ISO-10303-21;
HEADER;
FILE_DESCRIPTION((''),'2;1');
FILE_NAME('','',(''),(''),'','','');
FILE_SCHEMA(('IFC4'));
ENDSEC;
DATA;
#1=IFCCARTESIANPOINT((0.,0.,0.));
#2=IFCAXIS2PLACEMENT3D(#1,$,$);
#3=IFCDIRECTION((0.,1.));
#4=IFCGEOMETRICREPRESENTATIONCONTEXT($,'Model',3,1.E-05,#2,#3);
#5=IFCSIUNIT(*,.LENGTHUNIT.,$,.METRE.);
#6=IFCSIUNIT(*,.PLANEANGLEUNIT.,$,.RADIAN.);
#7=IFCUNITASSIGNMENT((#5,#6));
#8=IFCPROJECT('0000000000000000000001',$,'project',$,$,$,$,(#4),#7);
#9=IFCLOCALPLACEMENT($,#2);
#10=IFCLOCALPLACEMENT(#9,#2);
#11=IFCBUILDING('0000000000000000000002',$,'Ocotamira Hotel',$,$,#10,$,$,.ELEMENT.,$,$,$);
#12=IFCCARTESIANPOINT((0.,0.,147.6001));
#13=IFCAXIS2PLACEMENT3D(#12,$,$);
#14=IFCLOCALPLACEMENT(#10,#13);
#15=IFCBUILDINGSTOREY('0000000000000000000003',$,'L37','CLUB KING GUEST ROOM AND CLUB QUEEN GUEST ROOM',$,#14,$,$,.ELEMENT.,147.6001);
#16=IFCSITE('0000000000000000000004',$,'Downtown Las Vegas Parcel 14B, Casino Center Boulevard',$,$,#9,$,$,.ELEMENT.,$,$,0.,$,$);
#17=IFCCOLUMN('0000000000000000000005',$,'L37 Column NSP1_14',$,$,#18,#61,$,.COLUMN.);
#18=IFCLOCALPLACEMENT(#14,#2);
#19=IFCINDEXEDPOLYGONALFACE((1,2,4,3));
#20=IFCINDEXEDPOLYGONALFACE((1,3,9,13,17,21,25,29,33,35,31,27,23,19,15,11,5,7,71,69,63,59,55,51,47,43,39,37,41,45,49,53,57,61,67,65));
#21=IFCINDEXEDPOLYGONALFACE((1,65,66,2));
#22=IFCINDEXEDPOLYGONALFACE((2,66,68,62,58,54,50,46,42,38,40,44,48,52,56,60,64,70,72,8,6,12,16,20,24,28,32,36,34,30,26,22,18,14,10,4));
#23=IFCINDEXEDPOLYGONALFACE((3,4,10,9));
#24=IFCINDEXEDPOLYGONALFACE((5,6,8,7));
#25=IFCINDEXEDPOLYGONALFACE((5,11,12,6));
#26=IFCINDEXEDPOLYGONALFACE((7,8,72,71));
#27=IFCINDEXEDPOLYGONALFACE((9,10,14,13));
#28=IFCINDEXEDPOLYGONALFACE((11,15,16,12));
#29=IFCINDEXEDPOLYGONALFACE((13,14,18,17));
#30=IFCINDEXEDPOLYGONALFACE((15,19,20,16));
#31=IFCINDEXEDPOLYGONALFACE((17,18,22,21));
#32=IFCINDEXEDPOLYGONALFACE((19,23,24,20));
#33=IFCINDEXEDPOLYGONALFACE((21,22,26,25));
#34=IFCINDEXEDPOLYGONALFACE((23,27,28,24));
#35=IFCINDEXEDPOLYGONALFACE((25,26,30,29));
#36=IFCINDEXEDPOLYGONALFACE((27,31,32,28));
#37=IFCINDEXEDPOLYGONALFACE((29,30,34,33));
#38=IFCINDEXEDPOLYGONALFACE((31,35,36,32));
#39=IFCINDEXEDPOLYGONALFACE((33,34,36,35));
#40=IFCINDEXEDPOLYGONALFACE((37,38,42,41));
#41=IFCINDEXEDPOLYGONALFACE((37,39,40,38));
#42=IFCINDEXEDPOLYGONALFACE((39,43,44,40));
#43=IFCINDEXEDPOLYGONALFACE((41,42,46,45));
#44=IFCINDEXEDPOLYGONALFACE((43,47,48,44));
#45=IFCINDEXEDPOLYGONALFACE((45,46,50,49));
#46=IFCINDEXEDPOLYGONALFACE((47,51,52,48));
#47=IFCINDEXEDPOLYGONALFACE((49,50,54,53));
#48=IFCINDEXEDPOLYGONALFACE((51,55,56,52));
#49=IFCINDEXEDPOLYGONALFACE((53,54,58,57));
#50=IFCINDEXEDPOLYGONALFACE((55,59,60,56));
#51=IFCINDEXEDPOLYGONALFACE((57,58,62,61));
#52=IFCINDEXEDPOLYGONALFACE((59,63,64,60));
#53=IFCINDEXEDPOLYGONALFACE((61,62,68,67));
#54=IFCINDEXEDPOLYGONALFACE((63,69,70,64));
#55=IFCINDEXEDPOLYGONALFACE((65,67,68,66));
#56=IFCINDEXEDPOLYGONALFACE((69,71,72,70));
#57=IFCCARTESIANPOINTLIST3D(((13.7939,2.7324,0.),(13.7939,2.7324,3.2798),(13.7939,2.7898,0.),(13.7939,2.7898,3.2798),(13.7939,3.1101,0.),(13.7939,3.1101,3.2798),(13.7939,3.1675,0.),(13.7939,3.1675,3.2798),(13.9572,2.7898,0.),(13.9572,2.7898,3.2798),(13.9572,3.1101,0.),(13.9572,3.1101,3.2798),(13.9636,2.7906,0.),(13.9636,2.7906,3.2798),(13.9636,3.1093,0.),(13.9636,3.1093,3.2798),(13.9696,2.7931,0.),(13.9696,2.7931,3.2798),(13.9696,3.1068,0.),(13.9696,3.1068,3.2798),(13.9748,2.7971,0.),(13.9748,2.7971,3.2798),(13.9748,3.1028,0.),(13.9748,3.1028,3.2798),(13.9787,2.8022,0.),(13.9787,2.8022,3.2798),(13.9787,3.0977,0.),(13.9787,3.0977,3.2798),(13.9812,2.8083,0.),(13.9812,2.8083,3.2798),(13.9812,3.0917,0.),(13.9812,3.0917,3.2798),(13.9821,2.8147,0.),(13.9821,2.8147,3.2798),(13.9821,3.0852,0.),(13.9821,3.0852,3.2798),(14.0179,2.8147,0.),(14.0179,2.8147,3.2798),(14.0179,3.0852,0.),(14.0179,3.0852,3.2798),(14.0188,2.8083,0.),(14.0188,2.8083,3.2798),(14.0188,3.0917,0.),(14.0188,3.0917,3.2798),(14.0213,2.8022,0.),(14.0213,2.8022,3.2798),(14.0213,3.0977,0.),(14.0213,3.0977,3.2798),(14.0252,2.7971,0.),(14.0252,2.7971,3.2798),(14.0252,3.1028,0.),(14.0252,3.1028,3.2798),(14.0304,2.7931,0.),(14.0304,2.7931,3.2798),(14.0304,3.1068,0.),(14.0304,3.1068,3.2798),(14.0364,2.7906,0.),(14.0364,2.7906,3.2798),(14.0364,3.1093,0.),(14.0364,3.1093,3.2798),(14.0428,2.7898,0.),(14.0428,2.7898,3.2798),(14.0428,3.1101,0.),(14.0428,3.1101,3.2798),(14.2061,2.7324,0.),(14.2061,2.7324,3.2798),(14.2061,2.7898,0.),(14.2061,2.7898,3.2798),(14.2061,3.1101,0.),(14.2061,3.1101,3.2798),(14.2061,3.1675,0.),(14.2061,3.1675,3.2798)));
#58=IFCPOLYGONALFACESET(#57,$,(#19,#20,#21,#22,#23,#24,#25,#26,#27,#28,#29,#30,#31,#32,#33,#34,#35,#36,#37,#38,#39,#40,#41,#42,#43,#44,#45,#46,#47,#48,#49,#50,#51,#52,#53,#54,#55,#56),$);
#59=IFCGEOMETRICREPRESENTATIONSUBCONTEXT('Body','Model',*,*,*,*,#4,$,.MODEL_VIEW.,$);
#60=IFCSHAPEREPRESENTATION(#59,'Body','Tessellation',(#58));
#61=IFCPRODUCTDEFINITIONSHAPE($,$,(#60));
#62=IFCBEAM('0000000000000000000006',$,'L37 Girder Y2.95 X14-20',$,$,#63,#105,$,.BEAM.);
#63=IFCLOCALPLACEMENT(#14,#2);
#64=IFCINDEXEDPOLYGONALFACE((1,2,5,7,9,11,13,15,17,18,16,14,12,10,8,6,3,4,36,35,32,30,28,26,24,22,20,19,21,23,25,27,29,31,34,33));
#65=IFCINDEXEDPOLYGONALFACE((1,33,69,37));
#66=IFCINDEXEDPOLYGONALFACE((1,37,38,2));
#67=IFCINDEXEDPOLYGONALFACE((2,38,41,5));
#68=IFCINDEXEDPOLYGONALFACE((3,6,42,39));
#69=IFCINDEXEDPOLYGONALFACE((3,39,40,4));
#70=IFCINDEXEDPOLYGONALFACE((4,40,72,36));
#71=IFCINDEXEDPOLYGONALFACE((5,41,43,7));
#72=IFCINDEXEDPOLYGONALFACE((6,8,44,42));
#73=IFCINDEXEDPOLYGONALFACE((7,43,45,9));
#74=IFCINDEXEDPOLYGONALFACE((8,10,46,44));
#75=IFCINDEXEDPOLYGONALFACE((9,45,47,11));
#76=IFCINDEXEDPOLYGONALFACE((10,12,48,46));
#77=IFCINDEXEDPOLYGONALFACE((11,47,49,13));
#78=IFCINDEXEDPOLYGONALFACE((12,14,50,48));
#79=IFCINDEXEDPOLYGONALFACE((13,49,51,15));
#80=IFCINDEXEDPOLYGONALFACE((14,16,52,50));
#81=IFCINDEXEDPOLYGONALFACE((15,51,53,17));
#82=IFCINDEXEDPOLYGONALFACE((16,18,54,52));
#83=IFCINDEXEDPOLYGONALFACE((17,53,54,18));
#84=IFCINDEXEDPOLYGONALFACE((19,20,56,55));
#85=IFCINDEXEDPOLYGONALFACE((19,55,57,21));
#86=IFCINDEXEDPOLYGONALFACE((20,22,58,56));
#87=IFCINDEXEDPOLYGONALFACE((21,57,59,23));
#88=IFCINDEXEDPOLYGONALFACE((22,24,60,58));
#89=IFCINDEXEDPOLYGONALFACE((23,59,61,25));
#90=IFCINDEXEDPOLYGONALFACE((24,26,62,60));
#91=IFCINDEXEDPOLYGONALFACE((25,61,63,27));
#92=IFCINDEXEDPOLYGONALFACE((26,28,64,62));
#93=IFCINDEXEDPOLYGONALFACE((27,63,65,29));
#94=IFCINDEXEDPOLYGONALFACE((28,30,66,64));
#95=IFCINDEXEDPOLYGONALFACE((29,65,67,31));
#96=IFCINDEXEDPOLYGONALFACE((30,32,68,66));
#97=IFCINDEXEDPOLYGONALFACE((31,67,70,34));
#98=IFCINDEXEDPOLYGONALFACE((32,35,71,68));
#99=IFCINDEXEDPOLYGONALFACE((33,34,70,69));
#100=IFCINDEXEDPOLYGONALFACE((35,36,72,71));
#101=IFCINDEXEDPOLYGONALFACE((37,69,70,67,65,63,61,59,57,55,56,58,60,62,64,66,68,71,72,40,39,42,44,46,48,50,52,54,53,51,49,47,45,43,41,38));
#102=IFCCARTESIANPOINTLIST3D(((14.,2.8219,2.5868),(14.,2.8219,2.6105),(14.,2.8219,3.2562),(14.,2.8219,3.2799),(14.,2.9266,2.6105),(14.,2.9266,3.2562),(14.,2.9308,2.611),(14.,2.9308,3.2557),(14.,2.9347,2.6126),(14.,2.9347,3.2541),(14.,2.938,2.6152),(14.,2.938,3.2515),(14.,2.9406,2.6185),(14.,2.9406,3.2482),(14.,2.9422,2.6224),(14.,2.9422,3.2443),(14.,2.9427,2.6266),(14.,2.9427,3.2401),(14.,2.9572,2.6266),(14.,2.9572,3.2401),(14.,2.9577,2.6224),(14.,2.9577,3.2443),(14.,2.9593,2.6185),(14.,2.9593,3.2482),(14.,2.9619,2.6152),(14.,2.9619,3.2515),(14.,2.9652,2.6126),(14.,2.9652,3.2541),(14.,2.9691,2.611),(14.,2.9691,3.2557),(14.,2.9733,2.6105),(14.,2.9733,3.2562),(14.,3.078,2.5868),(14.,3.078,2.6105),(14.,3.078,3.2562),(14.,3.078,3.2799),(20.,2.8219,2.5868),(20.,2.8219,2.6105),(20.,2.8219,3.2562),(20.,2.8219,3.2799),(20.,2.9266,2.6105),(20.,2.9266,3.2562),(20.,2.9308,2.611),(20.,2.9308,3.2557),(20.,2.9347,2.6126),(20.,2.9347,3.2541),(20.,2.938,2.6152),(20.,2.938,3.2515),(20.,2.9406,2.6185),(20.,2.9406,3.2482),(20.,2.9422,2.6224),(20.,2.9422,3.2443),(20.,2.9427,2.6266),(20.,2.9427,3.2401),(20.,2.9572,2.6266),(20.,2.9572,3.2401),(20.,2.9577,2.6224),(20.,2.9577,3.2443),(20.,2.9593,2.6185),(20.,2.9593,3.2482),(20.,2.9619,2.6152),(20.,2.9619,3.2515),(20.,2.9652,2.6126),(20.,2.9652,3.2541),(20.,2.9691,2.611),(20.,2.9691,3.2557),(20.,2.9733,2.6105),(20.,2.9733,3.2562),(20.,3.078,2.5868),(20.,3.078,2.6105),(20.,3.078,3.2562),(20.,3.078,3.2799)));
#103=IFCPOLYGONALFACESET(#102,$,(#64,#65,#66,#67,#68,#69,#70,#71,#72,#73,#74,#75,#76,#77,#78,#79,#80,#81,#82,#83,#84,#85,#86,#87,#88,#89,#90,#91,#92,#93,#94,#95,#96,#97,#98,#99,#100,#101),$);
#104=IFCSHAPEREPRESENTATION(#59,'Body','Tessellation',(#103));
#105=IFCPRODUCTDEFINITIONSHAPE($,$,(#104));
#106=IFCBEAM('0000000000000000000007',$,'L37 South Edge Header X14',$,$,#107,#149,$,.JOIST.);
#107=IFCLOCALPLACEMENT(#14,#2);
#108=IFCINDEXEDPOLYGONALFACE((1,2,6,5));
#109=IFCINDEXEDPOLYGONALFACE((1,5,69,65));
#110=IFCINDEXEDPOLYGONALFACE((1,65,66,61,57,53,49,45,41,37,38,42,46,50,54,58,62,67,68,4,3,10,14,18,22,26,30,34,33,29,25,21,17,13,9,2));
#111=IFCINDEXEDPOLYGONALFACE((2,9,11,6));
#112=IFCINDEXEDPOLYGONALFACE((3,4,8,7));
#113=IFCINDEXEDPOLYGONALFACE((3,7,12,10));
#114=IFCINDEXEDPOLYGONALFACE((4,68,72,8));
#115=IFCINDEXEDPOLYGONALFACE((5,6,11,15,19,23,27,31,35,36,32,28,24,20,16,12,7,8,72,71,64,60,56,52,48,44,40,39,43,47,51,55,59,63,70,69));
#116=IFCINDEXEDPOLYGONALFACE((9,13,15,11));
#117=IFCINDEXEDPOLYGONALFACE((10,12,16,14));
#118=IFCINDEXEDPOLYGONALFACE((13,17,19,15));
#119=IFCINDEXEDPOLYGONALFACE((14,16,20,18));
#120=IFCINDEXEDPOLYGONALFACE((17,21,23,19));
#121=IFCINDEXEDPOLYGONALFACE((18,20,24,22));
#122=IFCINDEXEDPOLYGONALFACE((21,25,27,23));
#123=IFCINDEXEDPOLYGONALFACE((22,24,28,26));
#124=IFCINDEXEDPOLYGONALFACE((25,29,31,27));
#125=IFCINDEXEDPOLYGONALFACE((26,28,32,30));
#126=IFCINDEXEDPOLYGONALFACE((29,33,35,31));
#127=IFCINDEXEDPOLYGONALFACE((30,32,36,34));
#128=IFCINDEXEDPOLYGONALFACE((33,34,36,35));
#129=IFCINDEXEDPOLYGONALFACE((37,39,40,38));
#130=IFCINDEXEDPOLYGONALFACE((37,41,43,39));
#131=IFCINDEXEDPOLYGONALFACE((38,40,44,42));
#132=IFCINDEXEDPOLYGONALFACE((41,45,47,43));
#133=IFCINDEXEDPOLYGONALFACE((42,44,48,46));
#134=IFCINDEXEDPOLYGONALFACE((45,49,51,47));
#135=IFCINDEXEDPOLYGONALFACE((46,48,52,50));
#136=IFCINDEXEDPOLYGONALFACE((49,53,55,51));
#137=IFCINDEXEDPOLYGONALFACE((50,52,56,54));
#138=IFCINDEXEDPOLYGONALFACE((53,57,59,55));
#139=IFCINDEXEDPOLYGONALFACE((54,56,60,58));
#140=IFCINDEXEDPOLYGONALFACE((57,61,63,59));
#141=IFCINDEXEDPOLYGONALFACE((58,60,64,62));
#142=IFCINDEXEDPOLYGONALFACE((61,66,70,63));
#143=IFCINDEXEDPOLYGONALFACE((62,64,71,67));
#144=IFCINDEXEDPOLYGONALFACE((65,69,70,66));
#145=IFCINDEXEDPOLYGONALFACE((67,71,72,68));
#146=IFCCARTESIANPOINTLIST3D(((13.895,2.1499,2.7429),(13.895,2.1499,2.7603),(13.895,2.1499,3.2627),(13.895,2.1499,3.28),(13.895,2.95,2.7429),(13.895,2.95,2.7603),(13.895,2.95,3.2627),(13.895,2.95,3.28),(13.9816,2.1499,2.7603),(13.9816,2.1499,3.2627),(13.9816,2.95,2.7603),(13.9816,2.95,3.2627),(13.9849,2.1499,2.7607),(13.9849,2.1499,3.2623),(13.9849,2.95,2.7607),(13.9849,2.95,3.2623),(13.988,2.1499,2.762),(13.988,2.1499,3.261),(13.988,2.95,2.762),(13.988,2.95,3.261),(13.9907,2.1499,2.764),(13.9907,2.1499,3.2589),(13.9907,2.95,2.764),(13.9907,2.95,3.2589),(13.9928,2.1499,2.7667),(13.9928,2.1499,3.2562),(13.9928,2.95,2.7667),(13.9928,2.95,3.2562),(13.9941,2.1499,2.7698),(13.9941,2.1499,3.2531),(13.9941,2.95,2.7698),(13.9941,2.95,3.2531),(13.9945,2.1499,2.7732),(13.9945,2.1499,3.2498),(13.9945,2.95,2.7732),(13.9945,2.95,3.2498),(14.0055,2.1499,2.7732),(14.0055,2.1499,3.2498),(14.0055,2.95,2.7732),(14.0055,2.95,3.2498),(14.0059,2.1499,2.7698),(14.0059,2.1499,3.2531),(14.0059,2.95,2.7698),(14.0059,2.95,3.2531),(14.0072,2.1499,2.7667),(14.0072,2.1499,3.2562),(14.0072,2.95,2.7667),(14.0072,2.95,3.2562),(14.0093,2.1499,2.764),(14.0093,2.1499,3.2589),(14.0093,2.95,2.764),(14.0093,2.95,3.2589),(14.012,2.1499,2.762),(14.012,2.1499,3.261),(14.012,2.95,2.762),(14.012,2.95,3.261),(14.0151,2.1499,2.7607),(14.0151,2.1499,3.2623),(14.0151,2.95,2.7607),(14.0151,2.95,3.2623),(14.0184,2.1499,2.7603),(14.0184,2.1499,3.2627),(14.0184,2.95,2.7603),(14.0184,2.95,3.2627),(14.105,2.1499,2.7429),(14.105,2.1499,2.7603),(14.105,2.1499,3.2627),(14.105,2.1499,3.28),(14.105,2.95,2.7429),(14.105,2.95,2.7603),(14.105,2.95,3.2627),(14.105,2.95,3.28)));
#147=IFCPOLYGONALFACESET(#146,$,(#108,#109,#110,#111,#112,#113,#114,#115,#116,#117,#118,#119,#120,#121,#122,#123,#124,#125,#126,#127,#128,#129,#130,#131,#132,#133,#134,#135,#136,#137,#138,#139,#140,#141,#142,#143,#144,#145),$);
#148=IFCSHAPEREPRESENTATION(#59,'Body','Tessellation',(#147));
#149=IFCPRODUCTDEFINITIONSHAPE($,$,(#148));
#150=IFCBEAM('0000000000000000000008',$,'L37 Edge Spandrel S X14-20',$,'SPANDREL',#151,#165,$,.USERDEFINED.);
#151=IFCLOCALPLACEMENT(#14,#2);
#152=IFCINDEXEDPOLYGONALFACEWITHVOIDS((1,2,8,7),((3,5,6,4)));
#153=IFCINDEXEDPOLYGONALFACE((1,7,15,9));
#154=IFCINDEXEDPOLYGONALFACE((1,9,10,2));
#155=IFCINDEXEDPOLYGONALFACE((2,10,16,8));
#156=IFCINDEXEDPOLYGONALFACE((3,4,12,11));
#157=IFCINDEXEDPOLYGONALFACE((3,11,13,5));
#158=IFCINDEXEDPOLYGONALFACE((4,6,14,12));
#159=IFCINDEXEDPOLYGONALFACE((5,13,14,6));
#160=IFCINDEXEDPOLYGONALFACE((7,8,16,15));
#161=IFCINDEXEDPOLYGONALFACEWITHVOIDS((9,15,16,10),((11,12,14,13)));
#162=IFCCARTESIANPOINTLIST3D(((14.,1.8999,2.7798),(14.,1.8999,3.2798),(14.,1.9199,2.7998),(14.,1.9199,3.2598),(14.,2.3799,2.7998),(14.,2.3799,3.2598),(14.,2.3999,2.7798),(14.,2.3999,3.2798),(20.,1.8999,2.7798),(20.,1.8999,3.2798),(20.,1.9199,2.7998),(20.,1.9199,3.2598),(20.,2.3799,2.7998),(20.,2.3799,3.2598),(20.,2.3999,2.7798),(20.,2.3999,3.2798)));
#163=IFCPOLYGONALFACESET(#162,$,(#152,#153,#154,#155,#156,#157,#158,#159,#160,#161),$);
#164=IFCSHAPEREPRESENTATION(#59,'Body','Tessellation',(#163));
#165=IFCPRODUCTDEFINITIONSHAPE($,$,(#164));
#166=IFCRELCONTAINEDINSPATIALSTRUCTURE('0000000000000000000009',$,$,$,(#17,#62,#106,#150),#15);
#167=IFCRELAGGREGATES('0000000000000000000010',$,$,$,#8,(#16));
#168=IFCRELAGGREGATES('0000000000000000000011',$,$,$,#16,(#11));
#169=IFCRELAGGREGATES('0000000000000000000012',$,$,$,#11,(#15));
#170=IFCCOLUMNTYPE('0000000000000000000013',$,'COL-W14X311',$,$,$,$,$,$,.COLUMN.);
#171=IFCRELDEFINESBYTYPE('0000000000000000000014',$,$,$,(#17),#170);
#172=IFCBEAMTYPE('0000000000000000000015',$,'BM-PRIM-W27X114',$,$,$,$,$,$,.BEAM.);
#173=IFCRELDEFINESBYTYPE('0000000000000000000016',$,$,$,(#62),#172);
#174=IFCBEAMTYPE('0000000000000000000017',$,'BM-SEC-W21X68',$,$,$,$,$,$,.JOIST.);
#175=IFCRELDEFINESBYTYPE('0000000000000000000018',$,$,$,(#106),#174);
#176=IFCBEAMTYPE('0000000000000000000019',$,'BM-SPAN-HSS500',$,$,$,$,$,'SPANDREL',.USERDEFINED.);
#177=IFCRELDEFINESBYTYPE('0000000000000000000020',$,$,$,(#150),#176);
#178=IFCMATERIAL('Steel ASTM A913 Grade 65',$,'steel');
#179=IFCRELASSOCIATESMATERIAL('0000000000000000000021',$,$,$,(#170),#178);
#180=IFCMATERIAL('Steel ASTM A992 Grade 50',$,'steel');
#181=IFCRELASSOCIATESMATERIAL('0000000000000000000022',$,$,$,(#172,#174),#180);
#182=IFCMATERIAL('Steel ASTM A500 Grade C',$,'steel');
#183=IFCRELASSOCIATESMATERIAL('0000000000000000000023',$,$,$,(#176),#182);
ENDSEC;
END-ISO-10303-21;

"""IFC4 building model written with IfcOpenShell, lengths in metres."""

from ifc_helpers import new_model, si_unit, direction, frame, origin, origin_2d, place, context, subcontext, project, spatial, hollow_rectangle, i_section, extrude, source, transform, mapped, material, material_profile, profile_set, type_object, element, save


model = new_model("IFC4")

# Units and contexts
model_context = context("Model", 3, precision=1e-05, world=origin(), true_north=direction((0.0, 1.0)))
body_context = subcontext(model_context, "Body", "Model", "MODEL_VIEW")
ifc_project = project(units=[si_unit("LENGTHUNIT", "METRE"), si_unit("PLANEANGLEUNIT", "RADIAN")], contexts=[model_context])

# Site, building, storey
site_placement = place(None, origin())
site = spatial("IfcSite", under=ifc_project, at=site_placement, Name="Downtown Las Vegas Parcel 14B, Casino Center Boulevard", CompositionType="ELEMENT", RefElevation=0.0)
building_placement = place(site_placement, origin())
building = spatial("IfcBuilding", under=site, at=building_placement, Name="Ocotamira Hotel", CompositionType="ELEMENT")
storey_placement = place(building_placement, frame((0.0, 0.0, 147.6001)))
storey = spatial("IfcBuildingStorey", under=building, at=storey_placement, Name="L37", Description="CLUB KING GUEST ROOM AND CLUB QUEEN GUEST ROOM", CompositionType="ELEMENT", Elevation=147.6001)

# Column
ifc_material_1 = material(Name="Steel ASTM A913 Grade 65", Category="steel")
ifc_material_profile_1 = material_profile(ifc_material_1, i_section(OverallWidth=0.4121, OverallDepth=0.4351, WebThickness=0.0359, FlangeThickness=0.0574, FilletRadius=0.0249, at=origin_2d()), Name="W14X311")
ifc_profile_set_1 = profile_set([ifc_material_profile_1], Name="Steel ASTM A913 Grade 65")
column_type = type_object("IfcColumnType", Name="COL-W14X311", PredefinedType="COLUMN", material=ifc_profile_set_1)
shared_shape_1 = source(origin(), body_context, "Body", "SweptSolid", [
    extrude(i_section(OverallWidth=0.4121, OverallDepth=0.4351, WebThickness=0.0359, FlangeThickness=0.0574, FilletRadius=0.0249, at=origin_2d()), origin(), (0.0, 0.0, 1.0), 3.2798),
])
column_placement = place(storey_placement, frame((14.0, 2.95, 0.0), z_axis=(0.0, 0.0, 1.0), x_axis=(1.0, 0.0, 0.0)))
element("IfcColumn", 1, at=column_placement, inside=storey, type_object=column_type, Name="L37 Column NSP1_14", PredefinedType="COLUMN", context=body_context, shape_type="MappedRepresentation", body=[
    mapped(shared_shape_1, transform((0.0, 0.0, 0.0), scale=1.0)),
])

# Beams
ifc_material_2 = material(Name="Steel ASTM A992 Grade 50", Category="steel")
ifc_material_profile_2 = material_profile(ifc_material_2, i_section(OverallWidth=0.2561, OverallDepth=0.6931, WebThickness=0.0144, FlangeThickness=0.0237, FilletRadius=0.0161, at=origin_2d()), Name="W27X114")
ifc_profile_set_2 = profile_set([ifc_material_profile_2], Name="Steel ASTM A992 Grade 50")
beam_type_1 = type_object("IfcBeamType", Name="BM-PRIM-W27X114", PredefinedType="BEAM", material=ifc_profile_set_2)
shared_shape_2 = source(origin(), body_context, "Body", "SweptSolid", [
    extrude(i_section(OverallWidth=0.2561, OverallDepth=0.6931, WebThickness=0.0144, FlangeThickness=0.0237, FilletRadius=0.0161, at=origin_2d()), origin(), (0.0, 0.0, 1.0), 6.0),
])
beam_1_placement = place(storey_placement, frame((14.0, 2.95, 2.9333), z_axis=(1.0, 0.0, 0.0), x_axis=(0.0, 1.0, 0.0)))
element("IfcBeam", 2, at=beam_1_placement, inside=storey, type_object=beam_type_1, Name="L37 Girder Y2.95 X14-20", PredefinedType="BEAM", context=body_context, shape_type="MappedRepresentation", body=[
    mapped(shared_shape_2, transform((0.0, 0.0, 0.0), scale=1.0)),
])
ifc_material_profile_3 = material_profile(ifc_material_2, i_section(OverallWidth=0.21, OverallDepth=0.5371, WebThickness=0.011, FlangeThickness=0.0173, FilletRadius=0.0129, at=origin_2d()), Name="W21X68")
ifc_profile_set_3 = profile_set([ifc_material_profile_3], Name="Steel ASTM A992 Grade 50")
beam_type_2 = type_object("IfcBeamType", Name="BM-SEC-W21X68", PredefinedType="JOIST", material=ifc_profile_set_3)
shared_shape_3 = source(origin(), body_context, "Body", "SweptSolid", [
    extrude(i_section(OverallWidth=0.21, OverallDepth=0.5371, WebThickness=0.011, FlangeThickness=0.0173, FilletRadius=0.0129, at=origin_2d()), origin(), (0.0, 0.0, 1.0), 0.8),
])
beam_2_placement = place(storey_placement, frame((14.0, 2.95, 3.0115), z_axis=(0.0, -1.0, 0.0), x_axis=(1.0, 0.0, 0.0)))
element("IfcBeam", 3, at=beam_2_placement, inside=storey, type_object=beam_type_2, Name="L37 South Edge Header X14", PredefinedType="JOIST", context=body_context, shape_type="MappedRepresentation", body=[
    mapped(shared_shape_3, transform((0.0, 0.0, 0.0), scale=1.0)),
])
ifc_material_3 = material(Name="Steel ASTM A500 Grade C", Category="steel")
ifc_material_profile_4 = material_profile(ifc_material_3, hollow_rectangle(XDim=0.5, YDim=0.5, WallThickness=0.02, at=origin_2d()), Name="HSS500X500X20")
ifc_profile_set_4 = profile_set([ifc_material_profile_4], Name="Steel ASTM A500 Grade C")
beam_type_3 = type_object("IfcBeamType", Name="BM-SPAN-HSS500", ElementType="SPANDREL", PredefinedType="USERDEFINED", material=ifc_profile_set_4)
shared_shape_4 = source(origin(), body_context, "Body", "SweptSolid", [
    extrude(hollow_rectangle(XDim=0.5, YDim=0.5, WallThickness=0.02, at=origin_2d()), origin(), (0.0, 0.0, 1.0), 6.0),
])
beam_3_placement = place(storey_placement, frame((14.0, 2.1499, 3.0298), z_axis=(1.0, 0.0, 0.0), x_axis=(0.0, 1.0, 0.0)))
element("IfcBeam", 4, at=beam_3_placement, inside=storey, type_object=beam_type_3, Name="L37 Edge Spandrel S X14-20", ObjectType="SPANDREL", PredefinedType="USERDEFINED", context=body_context, shape_type="MappedRepresentation", body=[
    mapped(shared_shape_4, transform((0.0, 0.0, 0.0), scale=1.0)),
])

save(model, "model.ifc")
